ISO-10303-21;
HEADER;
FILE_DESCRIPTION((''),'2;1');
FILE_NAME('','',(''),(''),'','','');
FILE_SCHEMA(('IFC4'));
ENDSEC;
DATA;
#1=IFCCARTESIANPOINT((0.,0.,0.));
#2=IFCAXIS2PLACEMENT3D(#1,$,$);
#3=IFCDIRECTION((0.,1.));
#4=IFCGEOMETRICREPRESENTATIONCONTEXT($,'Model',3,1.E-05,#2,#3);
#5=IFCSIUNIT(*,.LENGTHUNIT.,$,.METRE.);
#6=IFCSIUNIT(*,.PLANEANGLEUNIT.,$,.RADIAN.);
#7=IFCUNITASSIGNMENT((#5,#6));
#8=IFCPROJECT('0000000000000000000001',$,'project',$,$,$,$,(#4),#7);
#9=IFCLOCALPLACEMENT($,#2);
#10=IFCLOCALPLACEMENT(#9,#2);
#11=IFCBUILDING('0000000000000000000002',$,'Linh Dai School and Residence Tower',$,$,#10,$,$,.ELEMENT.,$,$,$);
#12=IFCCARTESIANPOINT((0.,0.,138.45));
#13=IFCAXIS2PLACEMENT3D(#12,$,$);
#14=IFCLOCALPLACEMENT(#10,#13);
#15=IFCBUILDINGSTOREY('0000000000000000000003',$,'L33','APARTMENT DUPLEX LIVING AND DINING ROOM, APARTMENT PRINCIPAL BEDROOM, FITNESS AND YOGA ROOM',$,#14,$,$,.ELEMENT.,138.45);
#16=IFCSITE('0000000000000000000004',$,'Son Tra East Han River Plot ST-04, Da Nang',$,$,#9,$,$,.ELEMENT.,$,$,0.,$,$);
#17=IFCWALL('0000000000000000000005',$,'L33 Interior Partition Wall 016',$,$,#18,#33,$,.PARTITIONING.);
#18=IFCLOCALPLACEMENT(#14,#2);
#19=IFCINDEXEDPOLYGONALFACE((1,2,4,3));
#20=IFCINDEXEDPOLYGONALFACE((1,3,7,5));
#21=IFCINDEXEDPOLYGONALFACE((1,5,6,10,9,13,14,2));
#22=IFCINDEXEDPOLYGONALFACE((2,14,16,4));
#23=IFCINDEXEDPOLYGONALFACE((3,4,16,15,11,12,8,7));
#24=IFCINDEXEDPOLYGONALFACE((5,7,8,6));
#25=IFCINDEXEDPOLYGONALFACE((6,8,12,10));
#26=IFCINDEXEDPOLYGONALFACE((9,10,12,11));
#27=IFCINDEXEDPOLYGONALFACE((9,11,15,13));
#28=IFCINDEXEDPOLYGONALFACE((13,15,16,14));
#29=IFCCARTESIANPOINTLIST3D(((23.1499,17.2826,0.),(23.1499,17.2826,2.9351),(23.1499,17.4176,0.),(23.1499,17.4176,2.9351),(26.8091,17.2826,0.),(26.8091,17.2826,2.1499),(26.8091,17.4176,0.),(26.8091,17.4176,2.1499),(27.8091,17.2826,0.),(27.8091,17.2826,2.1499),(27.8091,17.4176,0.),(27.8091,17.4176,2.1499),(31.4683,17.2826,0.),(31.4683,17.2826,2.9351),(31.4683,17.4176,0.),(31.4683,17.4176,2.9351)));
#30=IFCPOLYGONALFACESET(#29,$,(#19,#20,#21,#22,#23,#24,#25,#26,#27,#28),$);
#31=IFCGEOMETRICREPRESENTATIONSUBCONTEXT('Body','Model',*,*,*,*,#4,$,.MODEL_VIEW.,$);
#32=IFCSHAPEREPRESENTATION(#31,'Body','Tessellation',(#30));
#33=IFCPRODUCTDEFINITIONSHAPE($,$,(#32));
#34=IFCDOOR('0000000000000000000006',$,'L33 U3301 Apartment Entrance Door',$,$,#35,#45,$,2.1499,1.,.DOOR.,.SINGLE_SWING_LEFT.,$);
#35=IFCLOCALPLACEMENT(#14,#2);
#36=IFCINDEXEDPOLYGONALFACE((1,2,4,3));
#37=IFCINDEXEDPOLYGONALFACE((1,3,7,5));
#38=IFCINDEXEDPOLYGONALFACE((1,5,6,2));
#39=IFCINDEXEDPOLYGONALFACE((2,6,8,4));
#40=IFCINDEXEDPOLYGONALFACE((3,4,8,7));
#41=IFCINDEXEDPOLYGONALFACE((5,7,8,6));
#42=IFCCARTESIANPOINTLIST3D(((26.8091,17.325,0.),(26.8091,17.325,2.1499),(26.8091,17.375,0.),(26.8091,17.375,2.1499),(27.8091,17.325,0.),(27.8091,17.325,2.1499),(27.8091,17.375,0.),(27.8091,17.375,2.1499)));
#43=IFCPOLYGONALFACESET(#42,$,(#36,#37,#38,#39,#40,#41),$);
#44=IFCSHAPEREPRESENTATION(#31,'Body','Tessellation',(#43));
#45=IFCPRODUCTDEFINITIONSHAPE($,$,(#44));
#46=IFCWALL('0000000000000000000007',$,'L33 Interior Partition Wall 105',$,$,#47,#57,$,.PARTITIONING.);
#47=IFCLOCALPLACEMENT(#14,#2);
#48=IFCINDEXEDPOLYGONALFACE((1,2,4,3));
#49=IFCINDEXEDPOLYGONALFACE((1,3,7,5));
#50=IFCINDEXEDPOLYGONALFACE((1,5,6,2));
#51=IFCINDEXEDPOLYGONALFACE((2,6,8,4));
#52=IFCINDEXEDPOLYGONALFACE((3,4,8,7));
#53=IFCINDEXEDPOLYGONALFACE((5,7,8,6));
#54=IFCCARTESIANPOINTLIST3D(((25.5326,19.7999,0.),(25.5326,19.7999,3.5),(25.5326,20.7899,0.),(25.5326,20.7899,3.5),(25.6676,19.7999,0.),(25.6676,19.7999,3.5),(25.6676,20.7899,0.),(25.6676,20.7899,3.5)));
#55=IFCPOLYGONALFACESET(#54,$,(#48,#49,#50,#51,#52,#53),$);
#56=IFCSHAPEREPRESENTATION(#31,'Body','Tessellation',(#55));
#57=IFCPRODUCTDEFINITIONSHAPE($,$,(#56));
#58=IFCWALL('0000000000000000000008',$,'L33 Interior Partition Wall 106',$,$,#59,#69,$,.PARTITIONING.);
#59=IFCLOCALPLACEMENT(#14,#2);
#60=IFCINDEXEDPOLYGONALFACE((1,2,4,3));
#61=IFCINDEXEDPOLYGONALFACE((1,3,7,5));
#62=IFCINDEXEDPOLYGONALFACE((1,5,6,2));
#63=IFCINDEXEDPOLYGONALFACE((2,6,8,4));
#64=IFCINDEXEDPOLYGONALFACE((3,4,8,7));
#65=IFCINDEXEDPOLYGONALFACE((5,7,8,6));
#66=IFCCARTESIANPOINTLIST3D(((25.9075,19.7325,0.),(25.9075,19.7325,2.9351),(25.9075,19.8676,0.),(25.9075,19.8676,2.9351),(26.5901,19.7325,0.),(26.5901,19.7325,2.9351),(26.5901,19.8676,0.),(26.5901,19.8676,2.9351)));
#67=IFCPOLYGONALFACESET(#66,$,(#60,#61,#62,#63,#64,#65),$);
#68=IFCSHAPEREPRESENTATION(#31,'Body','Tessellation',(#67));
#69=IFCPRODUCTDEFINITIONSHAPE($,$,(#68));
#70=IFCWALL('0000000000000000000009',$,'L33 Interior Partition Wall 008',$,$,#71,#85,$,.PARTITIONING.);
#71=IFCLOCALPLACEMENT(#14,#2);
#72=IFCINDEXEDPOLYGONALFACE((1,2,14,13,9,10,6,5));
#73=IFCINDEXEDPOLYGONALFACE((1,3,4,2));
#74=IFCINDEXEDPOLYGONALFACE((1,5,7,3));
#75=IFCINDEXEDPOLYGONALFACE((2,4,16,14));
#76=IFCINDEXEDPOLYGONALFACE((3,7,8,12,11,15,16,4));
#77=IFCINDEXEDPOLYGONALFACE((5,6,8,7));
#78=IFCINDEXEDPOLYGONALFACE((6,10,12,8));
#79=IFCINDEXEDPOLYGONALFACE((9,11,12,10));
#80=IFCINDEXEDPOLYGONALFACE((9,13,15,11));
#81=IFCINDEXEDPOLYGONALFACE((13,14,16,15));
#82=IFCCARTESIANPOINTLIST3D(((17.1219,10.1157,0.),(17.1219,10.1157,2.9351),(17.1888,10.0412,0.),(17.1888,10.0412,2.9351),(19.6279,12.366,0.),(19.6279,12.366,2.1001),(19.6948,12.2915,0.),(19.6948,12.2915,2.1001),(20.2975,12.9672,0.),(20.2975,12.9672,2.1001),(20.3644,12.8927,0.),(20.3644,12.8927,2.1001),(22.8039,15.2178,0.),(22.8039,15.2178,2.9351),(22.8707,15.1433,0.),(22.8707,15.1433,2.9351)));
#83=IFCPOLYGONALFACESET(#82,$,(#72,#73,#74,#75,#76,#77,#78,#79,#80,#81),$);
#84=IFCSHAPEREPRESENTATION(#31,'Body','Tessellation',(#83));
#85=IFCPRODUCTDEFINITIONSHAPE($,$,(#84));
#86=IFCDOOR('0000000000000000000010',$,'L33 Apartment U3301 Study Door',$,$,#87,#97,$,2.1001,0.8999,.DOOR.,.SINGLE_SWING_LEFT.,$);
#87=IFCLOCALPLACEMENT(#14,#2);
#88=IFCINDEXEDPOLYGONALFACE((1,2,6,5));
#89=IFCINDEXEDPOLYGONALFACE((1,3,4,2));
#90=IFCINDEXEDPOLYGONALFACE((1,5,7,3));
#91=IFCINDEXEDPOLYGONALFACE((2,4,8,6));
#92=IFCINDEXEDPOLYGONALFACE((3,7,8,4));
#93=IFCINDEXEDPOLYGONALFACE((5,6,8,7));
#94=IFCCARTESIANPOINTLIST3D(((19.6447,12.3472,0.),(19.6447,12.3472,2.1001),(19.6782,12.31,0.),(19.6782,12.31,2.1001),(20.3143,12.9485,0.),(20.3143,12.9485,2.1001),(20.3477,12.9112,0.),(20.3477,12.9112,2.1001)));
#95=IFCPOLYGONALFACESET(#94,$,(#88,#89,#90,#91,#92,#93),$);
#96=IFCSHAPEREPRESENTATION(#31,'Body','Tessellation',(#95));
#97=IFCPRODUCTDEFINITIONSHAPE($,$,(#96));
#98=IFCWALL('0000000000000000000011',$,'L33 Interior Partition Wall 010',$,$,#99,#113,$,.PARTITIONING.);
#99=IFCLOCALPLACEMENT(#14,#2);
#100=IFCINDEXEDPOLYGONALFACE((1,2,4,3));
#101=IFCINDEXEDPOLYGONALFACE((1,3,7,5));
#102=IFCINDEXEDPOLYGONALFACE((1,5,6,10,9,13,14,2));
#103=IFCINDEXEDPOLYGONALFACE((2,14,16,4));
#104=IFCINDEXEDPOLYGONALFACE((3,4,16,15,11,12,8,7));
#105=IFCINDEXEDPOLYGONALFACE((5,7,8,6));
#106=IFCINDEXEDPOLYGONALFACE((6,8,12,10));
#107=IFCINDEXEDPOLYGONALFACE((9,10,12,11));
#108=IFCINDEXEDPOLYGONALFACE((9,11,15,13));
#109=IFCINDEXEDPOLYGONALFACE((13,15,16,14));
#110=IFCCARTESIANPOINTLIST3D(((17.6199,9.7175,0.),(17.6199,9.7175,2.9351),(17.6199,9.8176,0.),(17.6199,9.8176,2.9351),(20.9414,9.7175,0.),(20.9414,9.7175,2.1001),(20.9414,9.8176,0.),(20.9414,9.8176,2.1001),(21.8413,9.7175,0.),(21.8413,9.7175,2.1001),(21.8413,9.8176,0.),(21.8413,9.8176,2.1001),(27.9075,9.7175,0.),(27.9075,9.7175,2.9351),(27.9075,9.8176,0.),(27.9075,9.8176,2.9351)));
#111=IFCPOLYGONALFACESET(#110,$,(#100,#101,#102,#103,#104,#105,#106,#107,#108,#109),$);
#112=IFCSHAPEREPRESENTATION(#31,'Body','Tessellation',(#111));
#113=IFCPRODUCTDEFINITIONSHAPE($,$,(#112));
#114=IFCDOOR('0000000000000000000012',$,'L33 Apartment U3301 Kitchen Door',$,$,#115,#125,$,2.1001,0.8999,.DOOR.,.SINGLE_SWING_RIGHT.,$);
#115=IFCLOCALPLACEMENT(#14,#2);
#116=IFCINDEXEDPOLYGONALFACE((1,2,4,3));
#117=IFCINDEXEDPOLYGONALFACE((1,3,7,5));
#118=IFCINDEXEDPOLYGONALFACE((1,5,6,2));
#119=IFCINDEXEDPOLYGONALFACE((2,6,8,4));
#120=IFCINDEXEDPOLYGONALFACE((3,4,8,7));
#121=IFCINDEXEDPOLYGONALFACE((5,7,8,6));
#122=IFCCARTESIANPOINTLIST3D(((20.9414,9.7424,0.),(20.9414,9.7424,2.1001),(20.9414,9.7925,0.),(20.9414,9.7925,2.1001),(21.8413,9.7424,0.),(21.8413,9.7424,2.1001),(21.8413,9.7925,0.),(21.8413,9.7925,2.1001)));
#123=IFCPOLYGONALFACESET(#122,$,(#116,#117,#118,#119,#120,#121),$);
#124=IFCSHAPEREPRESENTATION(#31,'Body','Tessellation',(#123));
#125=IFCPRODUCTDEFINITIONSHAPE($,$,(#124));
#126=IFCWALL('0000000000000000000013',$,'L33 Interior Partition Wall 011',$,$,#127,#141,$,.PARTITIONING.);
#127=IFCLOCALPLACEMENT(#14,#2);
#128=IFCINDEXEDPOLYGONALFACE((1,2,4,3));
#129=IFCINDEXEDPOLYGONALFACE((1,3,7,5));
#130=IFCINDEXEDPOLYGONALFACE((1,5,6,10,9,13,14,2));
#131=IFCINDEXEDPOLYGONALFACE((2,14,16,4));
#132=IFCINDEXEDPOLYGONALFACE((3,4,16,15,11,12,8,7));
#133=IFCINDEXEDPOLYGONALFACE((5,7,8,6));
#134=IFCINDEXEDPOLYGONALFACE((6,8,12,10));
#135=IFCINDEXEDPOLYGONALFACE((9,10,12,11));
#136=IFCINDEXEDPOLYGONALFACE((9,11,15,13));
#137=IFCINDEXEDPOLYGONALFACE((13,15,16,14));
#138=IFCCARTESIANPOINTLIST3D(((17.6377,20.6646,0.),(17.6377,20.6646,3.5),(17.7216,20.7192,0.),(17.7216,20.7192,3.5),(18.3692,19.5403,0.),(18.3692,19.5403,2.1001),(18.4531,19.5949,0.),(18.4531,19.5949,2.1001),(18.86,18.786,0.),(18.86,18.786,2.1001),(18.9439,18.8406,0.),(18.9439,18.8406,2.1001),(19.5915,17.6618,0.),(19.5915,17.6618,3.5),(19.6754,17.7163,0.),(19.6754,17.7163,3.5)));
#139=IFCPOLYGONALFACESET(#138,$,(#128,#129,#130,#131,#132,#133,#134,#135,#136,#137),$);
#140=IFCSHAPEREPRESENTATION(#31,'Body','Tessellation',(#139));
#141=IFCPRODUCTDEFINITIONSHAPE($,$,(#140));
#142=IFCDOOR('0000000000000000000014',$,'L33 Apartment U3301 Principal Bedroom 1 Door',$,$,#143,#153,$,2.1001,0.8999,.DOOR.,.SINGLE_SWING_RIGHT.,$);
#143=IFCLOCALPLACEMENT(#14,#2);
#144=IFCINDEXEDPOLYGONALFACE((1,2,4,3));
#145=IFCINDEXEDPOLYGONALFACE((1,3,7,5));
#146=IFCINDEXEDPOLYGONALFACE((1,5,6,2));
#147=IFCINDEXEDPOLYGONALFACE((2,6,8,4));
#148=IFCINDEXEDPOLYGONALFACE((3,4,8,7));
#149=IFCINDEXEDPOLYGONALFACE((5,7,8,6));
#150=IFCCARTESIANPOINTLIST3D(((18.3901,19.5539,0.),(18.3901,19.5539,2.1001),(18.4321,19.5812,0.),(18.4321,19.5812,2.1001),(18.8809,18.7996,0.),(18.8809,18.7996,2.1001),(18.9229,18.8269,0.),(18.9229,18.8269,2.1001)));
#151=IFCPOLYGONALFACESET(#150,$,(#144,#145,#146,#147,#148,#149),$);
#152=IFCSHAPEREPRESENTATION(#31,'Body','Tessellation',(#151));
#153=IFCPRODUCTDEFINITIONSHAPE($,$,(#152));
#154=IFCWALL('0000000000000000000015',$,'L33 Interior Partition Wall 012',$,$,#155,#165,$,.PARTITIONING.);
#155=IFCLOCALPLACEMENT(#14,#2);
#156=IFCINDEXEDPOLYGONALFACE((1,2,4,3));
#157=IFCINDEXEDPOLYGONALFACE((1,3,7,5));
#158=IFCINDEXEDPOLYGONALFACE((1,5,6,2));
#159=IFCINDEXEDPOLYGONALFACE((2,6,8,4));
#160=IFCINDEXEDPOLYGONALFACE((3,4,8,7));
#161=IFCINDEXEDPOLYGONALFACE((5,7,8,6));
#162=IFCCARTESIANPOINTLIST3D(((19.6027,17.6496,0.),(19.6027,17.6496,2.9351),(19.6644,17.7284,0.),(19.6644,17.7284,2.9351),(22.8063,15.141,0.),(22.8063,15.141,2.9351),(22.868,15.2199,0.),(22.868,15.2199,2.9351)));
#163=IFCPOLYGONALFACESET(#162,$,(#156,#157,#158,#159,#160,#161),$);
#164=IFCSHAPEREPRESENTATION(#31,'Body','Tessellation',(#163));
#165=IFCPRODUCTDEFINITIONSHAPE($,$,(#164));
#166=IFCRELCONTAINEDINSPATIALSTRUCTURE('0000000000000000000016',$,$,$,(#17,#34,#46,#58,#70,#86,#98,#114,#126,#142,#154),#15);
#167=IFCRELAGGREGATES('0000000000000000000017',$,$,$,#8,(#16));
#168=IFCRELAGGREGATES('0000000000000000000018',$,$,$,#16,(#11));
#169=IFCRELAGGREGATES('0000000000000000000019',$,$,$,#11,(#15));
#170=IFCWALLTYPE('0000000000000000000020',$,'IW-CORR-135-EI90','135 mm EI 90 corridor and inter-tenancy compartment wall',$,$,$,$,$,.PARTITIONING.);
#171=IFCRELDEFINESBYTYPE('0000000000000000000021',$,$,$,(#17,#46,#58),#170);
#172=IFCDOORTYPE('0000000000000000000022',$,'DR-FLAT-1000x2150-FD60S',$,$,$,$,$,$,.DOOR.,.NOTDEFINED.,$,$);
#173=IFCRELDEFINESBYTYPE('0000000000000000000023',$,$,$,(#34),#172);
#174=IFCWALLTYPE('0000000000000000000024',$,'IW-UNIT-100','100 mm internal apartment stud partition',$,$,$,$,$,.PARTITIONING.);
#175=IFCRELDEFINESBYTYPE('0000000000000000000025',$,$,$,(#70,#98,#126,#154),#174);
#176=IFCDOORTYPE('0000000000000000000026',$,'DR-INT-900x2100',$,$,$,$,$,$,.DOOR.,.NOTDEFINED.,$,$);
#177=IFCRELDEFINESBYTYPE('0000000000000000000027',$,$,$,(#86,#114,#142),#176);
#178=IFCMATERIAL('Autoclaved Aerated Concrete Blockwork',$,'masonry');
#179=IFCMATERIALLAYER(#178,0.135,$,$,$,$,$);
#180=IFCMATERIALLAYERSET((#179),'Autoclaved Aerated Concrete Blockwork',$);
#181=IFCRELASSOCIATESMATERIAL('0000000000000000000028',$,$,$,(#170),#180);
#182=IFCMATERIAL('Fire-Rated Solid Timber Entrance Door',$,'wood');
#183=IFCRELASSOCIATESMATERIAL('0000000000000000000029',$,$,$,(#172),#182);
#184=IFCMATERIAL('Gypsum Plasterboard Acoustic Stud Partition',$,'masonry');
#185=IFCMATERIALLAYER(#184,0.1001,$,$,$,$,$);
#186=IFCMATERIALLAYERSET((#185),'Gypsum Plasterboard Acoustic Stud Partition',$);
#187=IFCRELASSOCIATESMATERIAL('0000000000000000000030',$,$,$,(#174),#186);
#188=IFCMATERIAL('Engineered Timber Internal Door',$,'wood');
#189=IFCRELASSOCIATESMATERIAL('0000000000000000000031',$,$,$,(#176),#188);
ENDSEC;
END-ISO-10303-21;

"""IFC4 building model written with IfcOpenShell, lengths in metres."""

from ifc_helpers import new_model, si_unit, direction, frame, frame_2d, origin, origin_2d, place, context, subcontext, project, spatial, rectangle, extrude, source, transform, mapped, material, layer, layer_set, type_object, element, fill, save


model = new_model("IFC4")

# Units and contexts
model_context = context("Model", 3, precision=1e-05, world=origin(), true_north=direction((0.0, 1.0)))
body_context = subcontext(model_context, "Body", "Model", "MODEL_VIEW")
ifc_project = project(units=[si_unit("LENGTHUNIT", "METRE"), si_unit("PLANEANGLEUNIT", "RADIAN")], contexts=[model_context])

# Site, building, storey
site_placement = place(None, origin())
site = spatial("IfcSite", under=ifc_project, at=site_placement, Name="Son Tra East Han River Plot ST-04, Da Nang", CompositionType="ELEMENT", RefElevation=0.0)
building_placement = place(site_placement, origin())
building = spatial("IfcBuilding", under=site, at=building_placement, Name="Linh Dai School and Residence Tower", CompositionType="ELEMENT")
storey_placement = place(building_placement, frame((0.0, 0.0, 138.45)))
storey = spatial("IfcBuildingStorey", under=building, at=storey_placement, Name="L33", Description="APARTMENT DUPLEX LIVING AND DINING ROOM, APARTMENT PRINCIPAL BEDROOM, FITNESS AND YOGA ROOM", CompositionType="ELEMENT", Elevation=138.45)

# Shared definitions
ifc_material_1 = material(Name="Autoclaved Aerated Concrete Blockwork", Category="masonry")
ifc_layer_1 = layer(ifc_material_1, 0.135)
ifc_layer_set_1 = layer_set([ifc_layer_1], Name="Autoclaved Aerated Concrete Blockwork")
wall_type_1 = type_object("IfcWallType", Name="IW-CORR-135-EI90", Description="135 mm EI 90 corridor and inter-tenancy compartment wall", PredefinedType="PARTITIONING", material=ifc_layer_set_1)

# Wall, opening, door
wall_1_placement = place(storey_placement, frame((23.1499, 17.3501, 0.0), z_axis=(0.0, 0.0, 1.0), x_axis=(1.0, 0.0, 0.0)))
wall_1 = element("IfcWall", 1, at=wall_1_placement, inside=storey, type_object=wall_type_1, Name="L33 Interior Partition Wall 016", PredefinedType="PARTITIONING", context=body_context, shape_type="SweptSolid", body=[
    extrude(rectangle(XDim=8.3184, YDim=0.135, at=frame_2d((4.1592, 0.0))), origin(), (0.0, 0.0, 1.0), 2.9351),
])
opening_1_placement = place(wall_1_placement, frame((3.6592, 0.0, 0.0)))
opening_1 = element("IfcOpeningElement", 2, at=opening_1_placement, cuts=wall_1, PredefinedType="OPENING", context=body_context, shape_type="SweptSolid", body=[
    extrude(rectangle(XDim=1.0, YDim=2.1499, at=origin_2d()), frame((0.5, 0.0776, 1.075), z_axis=(0.0, -1.0, 0.0), x_axis=(1.0, 0.0, 0.0)), (0.0, 0.0, 1.0), 0.155),
])
ifc_material_2 = material(Name="Fire-Rated Solid Timber Entrance Door", Category="wood")
door_type_1 = type_object("IfcDoorType", Name="DR-FLAT-1000x2150-FD60S", OperationType="NOTDEFINED", PredefinedType="DOOR", material=ifc_material_2)
shared_shape_1 = source(origin(), body_context, "Body", "SweptSolid", [
    extrude(rectangle(XDim=1.0, YDim=2.1499, at=origin_2d()), frame((0.5, 0.0249, 1.075), z_axis=(0.0, -1.0, 0.0), x_axis=(1.0, 0.0, 0.0)), (0.0, 0.0, 1.0), 0.05),
])
door_1_placement = place(opening_1_placement, origin())
door_1 = element("IfcDoor", 3, at=door_1_placement, inside=storey, type_object=door_type_1, Name="L33 U3301 Apartment Entrance Door", OperationType="SINGLE_SWING_LEFT", OverallHeight=2.1499, OverallWidth=1.0, PredefinedType="DOOR", context=body_context, shape_type="MappedRepresentation", body=[
    mapped(shared_shape_1, transform((0.0, 0.0, 0.0), x_axis=(1.0, 0.0, 0.0), y_axis=(0.0, 1.0, 0.0), z_axis=(0.0, 0.0, 1.0), scale=1.0)),
])
fill(opening_1, door_1)

# Walls
wall_2_placement = place(storey_placement, frame((25.6001, 20.79, 0.0), z_axis=(0.0, 0.0, 1.0), x_axis=(0.0, -1.0, 0.0)))
element("IfcWall", 4, at=wall_2_placement, inside=storey, type_object=wall_type_1, Name="L33 Interior Partition Wall 105", PredefinedType="PARTITIONING", context=body_context, shape_type="SweptSolid", body=[
    extrude(rectangle(XDim=0.99, YDim=0.135, at=frame_2d((0.4951, 0.0))), origin(), (0.0, 0.0, 1.0), 3.5),
])
wall_3_placement = place(storey_placement, frame((25.9075, 19.8, 0.0), z_axis=(0.0, 0.0, 1.0), x_axis=(1.0, 0.0, 0.0)))
element("IfcWall", 5, at=wall_3_placement, inside=storey, type_object=wall_type_1, Name="L33 Interior Partition Wall 106", PredefinedType="PARTITIONING", context=body_context, shape_type="SweptSolid", body=[
    extrude(rectangle(XDim=0.6826, YDim=0.135, at=frame_2d((0.3413, 0.0))), origin(), (0.0, 0.0, 1.0), 2.9351),
])

# Walls, openings, doors
ifc_material_3 = material(Name="Gypsum Plasterboard Acoustic Stud Partition", Category="masonry")
ifc_layer_2 = layer(ifc_material_3, 0.1001)
ifc_layer_set_2 = layer_set([ifc_layer_2], Name="Gypsum Plasterboard Acoustic Stud Partition")
wall_type_2 = type_object("IfcWallType", Name="IW-UNIT-100", Description="100 mm internal apartment stud partition", PredefinedType="PARTITIONING", material=ifc_layer_set_2)
wall_4_placement = place(storey_placement, frame((17.1553, 10.0784, 0.0), z_axis=(0.0, 0.0, 1.0), x_axis=(0.744052, 0.668122, 0.0)))
wall_4 = element("IfcWall", 6, at=wall_4_placement, inside=storey, type_object=wall_type_2, Name="L33 Interior Partition Wall 008", PredefinedType="PARTITIONING", context=body_context, shape_type="SweptSolid", body=[
    extrude(rectangle(XDim=7.6365, YDim=0.1001, at=frame_2d((3.8184, 0.0))), origin(), (0.0, 0.0, 1.0), 2.9351),
])
opening_2_placement = place(wall_4_placement, frame((3.3682, 0.0, 0.0)))
opening_2 = element("IfcOpeningElement", 7, at=opening_2_placement, cuts=wall_4, PredefinedType="OPENING", context=body_context, shape_type="SweptSolid", body=[
    extrude(rectangle(XDim=0.8999, YDim=2.1001, at=origin_2d()), frame((0.45, 0.0601, 1.05), z_axis=(0.0, -1.0, 0.0), x_axis=(1.0, 0.0, 0.0)), (0.0, 0.0, 1.0), 0.1201),
])
ifc_material_4 = material(Name="Engineered Timber Internal Door", Category="wood")
door_type_2 = type_object("IfcDoorType", Name="DR-INT-900x2100", OperationType="NOTDEFINED", PredefinedType="DOOR", material=ifc_material_4)
shared_shape_2 = source(origin(), body_context, "Body", "SweptSolid", [
    extrude(rectangle(XDim=0.8999, YDim=2.1001, at=origin_2d()), frame((0.45, 0.0249, 1.05), z_axis=(0.0, -1.0, 0.0), x_axis=(1.0, 0.0, 0.0)), (0.0, 0.0, 1.0), 0.05),
])
door_2_placement = place(opening_2_placement, origin())
door_2 = element("IfcDoor", 8, at=door_2_placement, inside=storey, type_object=door_type_2, Name="L33 Apartment U3301 Study Door", OperationType="SINGLE_SWING_LEFT", OverallHeight=2.1001, OverallWidth=0.8999, PredefinedType="DOOR", context=body_context, shape_type="MappedRepresentation", body=[
    mapped(shared_shape_2, transform((0.0, 0.0, 0.0), x_axis=(1.0, 0.0, 0.0), y_axis=(0.0, 1.0, 0.0), z_axis=(0.0, 0.0, 1.0), scale=1.0)),
])
fill(opening_2, door_2)
wall_5_placement = place(storey_placement, frame((17.6199, 9.7676, 0.0), z_axis=(0.0, 0.0, 1.0), x_axis=(1.0, 0.0, 0.0)))
wall_5 = element("IfcWall", 9, at=wall_5_placement, inside=storey, type_object=wall_type_2, Name="L33 Interior Partition Wall 010", PredefinedType="PARTITIONING", context=body_context, shape_type="SweptSolid", body=[
    extrude(rectangle(XDim=10.2876, YDim=0.1001, at=frame_2d((5.1438, 0.0))), origin(), (0.0, 0.0, 1.0), 2.9351),
])
opening_3_placement = place(wall_5_placement, frame((3.3215, 0.0, 0.0)))
opening_3 = element("IfcOpeningElement", 10, at=opening_3_placement, cuts=wall_5, PredefinedType="OPENING", context=body_context, shape_type="SweptSolid", body=[
    extrude(rectangle(XDim=0.8999, YDim=2.1001, at=origin_2d()), frame((0.45, 0.0601, 1.05), z_axis=(0.0, -1.0, 0.0), x_axis=(1.0, 0.0, 0.0)), (0.0, 0.0, 1.0), 0.1201),
])
door_3_placement = place(opening_3_placement, origin())
door_3 = element("IfcDoor", 11, at=door_3_placement, inside=storey, type_object=door_type_2, Name="L33 Apartment U3301 Kitchen Door", OperationType="SINGLE_SWING_RIGHT", OverallHeight=2.1001, OverallWidth=0.8999, PredefinedType="DOOR", context=body_context, shape_type="MappedRepresentation", body=[
    mapped(shared_shape_2, transform((0.0, 0.0, 0.0), x_axis=(1.0, 0.0, 0.0), y_axis=(0.0, 1.0, 0.0), z_axis=(0.0, 0.0, 1.0), scale=1.0)),
])
fill(opening_3, door_3)
wall_6_placement = place(storey_placement, frame((17.6797, 20.6919, 0.0), z_axis=(0.0, 0.0, 1.0), x_axis=(0.545372, -0.838194, 0.0)))
wall_6 = element("IfcWall", 12, at=wall_6_placement, inside=storey, type_object=wall_type_2, Name="L33 Interior Partition Wall 011", PredefinedType="PARTITIONING", context=body_context, shape_type="SweptSolid", body=[
    extrude(rectangle(XDim=3.5825, YDim=0.1001, at=frame_2d((1.7913, 0.0))), origin(), (0.0, 0.0, 1.0), 3.5),
])
opening_4_placement = place(wall_6_placement, frame((1.3413, 0.0, 0.0)))
opening_4 = element("IfcOpeningElement", 13, at=opening_4_placement, cuts=wall_6, PredefinedType="OPENING", context=body_context, shape_type="SweptSolid", body=[
    extrude(rectangle(XDim=0.8999, YDim=2.1001, at=origin_2d()), frame((0.45, 0.0601, 1.05), z_axis=(0.0, -1.0, 0.0), x_axis=(1.0, 0.0, 0.0)), (0.0, 0.0, 1.0), 0.1201),
])
door_4_placement = place(opening_4_placement, origin())
door_4 = element("IfcDoor", 14, at=door_4_placement, inside=storey, type_object=door_type_2, Name="L33 Apartment U3301 Principal Bedroom 1 Door", OperationType="SINGLE_SWING_RIGHT", OverallHeight=2.1001, OverallWidth=0.8999, PredefinedType="DOOR", context=body_context, shape_type="MappedRepresentation", body=[
    mapped(shared_shape_2, transform((0.0, 0.0, 0.0), x_axis=(1.0, 0.0, 0.0), y_axis=(0.0, 1.0, 0.0), z_axis=(0.0, 0.0, 1.0), scale=1.0)),
])
fill(opening_4, door_4)

# Wall
wall_7_placement = place(storey_placement, frame((19.6335, 17.689, 0.0), z_axis=(0.0, 0.0, 1.0), x_axis=(0.787342, -0.616517, 0.0)))
element("IfcWall", 15, at=wall_7_placement, inside=storey, type_object=wall_type_2, Name="L33 Interior Partition Wall 012", PredefinedType="PARTITIONING", context=body_context, shape_type="SweptSolid", body=[
    extrude(rectangle(XDim=4.0688, YDim=0.1001, at=frame_2d((2.0344, 0.0))), origin(), (0.0, 0.0, 1.0), 2.9351),
])

save(model, "model.ifc")
